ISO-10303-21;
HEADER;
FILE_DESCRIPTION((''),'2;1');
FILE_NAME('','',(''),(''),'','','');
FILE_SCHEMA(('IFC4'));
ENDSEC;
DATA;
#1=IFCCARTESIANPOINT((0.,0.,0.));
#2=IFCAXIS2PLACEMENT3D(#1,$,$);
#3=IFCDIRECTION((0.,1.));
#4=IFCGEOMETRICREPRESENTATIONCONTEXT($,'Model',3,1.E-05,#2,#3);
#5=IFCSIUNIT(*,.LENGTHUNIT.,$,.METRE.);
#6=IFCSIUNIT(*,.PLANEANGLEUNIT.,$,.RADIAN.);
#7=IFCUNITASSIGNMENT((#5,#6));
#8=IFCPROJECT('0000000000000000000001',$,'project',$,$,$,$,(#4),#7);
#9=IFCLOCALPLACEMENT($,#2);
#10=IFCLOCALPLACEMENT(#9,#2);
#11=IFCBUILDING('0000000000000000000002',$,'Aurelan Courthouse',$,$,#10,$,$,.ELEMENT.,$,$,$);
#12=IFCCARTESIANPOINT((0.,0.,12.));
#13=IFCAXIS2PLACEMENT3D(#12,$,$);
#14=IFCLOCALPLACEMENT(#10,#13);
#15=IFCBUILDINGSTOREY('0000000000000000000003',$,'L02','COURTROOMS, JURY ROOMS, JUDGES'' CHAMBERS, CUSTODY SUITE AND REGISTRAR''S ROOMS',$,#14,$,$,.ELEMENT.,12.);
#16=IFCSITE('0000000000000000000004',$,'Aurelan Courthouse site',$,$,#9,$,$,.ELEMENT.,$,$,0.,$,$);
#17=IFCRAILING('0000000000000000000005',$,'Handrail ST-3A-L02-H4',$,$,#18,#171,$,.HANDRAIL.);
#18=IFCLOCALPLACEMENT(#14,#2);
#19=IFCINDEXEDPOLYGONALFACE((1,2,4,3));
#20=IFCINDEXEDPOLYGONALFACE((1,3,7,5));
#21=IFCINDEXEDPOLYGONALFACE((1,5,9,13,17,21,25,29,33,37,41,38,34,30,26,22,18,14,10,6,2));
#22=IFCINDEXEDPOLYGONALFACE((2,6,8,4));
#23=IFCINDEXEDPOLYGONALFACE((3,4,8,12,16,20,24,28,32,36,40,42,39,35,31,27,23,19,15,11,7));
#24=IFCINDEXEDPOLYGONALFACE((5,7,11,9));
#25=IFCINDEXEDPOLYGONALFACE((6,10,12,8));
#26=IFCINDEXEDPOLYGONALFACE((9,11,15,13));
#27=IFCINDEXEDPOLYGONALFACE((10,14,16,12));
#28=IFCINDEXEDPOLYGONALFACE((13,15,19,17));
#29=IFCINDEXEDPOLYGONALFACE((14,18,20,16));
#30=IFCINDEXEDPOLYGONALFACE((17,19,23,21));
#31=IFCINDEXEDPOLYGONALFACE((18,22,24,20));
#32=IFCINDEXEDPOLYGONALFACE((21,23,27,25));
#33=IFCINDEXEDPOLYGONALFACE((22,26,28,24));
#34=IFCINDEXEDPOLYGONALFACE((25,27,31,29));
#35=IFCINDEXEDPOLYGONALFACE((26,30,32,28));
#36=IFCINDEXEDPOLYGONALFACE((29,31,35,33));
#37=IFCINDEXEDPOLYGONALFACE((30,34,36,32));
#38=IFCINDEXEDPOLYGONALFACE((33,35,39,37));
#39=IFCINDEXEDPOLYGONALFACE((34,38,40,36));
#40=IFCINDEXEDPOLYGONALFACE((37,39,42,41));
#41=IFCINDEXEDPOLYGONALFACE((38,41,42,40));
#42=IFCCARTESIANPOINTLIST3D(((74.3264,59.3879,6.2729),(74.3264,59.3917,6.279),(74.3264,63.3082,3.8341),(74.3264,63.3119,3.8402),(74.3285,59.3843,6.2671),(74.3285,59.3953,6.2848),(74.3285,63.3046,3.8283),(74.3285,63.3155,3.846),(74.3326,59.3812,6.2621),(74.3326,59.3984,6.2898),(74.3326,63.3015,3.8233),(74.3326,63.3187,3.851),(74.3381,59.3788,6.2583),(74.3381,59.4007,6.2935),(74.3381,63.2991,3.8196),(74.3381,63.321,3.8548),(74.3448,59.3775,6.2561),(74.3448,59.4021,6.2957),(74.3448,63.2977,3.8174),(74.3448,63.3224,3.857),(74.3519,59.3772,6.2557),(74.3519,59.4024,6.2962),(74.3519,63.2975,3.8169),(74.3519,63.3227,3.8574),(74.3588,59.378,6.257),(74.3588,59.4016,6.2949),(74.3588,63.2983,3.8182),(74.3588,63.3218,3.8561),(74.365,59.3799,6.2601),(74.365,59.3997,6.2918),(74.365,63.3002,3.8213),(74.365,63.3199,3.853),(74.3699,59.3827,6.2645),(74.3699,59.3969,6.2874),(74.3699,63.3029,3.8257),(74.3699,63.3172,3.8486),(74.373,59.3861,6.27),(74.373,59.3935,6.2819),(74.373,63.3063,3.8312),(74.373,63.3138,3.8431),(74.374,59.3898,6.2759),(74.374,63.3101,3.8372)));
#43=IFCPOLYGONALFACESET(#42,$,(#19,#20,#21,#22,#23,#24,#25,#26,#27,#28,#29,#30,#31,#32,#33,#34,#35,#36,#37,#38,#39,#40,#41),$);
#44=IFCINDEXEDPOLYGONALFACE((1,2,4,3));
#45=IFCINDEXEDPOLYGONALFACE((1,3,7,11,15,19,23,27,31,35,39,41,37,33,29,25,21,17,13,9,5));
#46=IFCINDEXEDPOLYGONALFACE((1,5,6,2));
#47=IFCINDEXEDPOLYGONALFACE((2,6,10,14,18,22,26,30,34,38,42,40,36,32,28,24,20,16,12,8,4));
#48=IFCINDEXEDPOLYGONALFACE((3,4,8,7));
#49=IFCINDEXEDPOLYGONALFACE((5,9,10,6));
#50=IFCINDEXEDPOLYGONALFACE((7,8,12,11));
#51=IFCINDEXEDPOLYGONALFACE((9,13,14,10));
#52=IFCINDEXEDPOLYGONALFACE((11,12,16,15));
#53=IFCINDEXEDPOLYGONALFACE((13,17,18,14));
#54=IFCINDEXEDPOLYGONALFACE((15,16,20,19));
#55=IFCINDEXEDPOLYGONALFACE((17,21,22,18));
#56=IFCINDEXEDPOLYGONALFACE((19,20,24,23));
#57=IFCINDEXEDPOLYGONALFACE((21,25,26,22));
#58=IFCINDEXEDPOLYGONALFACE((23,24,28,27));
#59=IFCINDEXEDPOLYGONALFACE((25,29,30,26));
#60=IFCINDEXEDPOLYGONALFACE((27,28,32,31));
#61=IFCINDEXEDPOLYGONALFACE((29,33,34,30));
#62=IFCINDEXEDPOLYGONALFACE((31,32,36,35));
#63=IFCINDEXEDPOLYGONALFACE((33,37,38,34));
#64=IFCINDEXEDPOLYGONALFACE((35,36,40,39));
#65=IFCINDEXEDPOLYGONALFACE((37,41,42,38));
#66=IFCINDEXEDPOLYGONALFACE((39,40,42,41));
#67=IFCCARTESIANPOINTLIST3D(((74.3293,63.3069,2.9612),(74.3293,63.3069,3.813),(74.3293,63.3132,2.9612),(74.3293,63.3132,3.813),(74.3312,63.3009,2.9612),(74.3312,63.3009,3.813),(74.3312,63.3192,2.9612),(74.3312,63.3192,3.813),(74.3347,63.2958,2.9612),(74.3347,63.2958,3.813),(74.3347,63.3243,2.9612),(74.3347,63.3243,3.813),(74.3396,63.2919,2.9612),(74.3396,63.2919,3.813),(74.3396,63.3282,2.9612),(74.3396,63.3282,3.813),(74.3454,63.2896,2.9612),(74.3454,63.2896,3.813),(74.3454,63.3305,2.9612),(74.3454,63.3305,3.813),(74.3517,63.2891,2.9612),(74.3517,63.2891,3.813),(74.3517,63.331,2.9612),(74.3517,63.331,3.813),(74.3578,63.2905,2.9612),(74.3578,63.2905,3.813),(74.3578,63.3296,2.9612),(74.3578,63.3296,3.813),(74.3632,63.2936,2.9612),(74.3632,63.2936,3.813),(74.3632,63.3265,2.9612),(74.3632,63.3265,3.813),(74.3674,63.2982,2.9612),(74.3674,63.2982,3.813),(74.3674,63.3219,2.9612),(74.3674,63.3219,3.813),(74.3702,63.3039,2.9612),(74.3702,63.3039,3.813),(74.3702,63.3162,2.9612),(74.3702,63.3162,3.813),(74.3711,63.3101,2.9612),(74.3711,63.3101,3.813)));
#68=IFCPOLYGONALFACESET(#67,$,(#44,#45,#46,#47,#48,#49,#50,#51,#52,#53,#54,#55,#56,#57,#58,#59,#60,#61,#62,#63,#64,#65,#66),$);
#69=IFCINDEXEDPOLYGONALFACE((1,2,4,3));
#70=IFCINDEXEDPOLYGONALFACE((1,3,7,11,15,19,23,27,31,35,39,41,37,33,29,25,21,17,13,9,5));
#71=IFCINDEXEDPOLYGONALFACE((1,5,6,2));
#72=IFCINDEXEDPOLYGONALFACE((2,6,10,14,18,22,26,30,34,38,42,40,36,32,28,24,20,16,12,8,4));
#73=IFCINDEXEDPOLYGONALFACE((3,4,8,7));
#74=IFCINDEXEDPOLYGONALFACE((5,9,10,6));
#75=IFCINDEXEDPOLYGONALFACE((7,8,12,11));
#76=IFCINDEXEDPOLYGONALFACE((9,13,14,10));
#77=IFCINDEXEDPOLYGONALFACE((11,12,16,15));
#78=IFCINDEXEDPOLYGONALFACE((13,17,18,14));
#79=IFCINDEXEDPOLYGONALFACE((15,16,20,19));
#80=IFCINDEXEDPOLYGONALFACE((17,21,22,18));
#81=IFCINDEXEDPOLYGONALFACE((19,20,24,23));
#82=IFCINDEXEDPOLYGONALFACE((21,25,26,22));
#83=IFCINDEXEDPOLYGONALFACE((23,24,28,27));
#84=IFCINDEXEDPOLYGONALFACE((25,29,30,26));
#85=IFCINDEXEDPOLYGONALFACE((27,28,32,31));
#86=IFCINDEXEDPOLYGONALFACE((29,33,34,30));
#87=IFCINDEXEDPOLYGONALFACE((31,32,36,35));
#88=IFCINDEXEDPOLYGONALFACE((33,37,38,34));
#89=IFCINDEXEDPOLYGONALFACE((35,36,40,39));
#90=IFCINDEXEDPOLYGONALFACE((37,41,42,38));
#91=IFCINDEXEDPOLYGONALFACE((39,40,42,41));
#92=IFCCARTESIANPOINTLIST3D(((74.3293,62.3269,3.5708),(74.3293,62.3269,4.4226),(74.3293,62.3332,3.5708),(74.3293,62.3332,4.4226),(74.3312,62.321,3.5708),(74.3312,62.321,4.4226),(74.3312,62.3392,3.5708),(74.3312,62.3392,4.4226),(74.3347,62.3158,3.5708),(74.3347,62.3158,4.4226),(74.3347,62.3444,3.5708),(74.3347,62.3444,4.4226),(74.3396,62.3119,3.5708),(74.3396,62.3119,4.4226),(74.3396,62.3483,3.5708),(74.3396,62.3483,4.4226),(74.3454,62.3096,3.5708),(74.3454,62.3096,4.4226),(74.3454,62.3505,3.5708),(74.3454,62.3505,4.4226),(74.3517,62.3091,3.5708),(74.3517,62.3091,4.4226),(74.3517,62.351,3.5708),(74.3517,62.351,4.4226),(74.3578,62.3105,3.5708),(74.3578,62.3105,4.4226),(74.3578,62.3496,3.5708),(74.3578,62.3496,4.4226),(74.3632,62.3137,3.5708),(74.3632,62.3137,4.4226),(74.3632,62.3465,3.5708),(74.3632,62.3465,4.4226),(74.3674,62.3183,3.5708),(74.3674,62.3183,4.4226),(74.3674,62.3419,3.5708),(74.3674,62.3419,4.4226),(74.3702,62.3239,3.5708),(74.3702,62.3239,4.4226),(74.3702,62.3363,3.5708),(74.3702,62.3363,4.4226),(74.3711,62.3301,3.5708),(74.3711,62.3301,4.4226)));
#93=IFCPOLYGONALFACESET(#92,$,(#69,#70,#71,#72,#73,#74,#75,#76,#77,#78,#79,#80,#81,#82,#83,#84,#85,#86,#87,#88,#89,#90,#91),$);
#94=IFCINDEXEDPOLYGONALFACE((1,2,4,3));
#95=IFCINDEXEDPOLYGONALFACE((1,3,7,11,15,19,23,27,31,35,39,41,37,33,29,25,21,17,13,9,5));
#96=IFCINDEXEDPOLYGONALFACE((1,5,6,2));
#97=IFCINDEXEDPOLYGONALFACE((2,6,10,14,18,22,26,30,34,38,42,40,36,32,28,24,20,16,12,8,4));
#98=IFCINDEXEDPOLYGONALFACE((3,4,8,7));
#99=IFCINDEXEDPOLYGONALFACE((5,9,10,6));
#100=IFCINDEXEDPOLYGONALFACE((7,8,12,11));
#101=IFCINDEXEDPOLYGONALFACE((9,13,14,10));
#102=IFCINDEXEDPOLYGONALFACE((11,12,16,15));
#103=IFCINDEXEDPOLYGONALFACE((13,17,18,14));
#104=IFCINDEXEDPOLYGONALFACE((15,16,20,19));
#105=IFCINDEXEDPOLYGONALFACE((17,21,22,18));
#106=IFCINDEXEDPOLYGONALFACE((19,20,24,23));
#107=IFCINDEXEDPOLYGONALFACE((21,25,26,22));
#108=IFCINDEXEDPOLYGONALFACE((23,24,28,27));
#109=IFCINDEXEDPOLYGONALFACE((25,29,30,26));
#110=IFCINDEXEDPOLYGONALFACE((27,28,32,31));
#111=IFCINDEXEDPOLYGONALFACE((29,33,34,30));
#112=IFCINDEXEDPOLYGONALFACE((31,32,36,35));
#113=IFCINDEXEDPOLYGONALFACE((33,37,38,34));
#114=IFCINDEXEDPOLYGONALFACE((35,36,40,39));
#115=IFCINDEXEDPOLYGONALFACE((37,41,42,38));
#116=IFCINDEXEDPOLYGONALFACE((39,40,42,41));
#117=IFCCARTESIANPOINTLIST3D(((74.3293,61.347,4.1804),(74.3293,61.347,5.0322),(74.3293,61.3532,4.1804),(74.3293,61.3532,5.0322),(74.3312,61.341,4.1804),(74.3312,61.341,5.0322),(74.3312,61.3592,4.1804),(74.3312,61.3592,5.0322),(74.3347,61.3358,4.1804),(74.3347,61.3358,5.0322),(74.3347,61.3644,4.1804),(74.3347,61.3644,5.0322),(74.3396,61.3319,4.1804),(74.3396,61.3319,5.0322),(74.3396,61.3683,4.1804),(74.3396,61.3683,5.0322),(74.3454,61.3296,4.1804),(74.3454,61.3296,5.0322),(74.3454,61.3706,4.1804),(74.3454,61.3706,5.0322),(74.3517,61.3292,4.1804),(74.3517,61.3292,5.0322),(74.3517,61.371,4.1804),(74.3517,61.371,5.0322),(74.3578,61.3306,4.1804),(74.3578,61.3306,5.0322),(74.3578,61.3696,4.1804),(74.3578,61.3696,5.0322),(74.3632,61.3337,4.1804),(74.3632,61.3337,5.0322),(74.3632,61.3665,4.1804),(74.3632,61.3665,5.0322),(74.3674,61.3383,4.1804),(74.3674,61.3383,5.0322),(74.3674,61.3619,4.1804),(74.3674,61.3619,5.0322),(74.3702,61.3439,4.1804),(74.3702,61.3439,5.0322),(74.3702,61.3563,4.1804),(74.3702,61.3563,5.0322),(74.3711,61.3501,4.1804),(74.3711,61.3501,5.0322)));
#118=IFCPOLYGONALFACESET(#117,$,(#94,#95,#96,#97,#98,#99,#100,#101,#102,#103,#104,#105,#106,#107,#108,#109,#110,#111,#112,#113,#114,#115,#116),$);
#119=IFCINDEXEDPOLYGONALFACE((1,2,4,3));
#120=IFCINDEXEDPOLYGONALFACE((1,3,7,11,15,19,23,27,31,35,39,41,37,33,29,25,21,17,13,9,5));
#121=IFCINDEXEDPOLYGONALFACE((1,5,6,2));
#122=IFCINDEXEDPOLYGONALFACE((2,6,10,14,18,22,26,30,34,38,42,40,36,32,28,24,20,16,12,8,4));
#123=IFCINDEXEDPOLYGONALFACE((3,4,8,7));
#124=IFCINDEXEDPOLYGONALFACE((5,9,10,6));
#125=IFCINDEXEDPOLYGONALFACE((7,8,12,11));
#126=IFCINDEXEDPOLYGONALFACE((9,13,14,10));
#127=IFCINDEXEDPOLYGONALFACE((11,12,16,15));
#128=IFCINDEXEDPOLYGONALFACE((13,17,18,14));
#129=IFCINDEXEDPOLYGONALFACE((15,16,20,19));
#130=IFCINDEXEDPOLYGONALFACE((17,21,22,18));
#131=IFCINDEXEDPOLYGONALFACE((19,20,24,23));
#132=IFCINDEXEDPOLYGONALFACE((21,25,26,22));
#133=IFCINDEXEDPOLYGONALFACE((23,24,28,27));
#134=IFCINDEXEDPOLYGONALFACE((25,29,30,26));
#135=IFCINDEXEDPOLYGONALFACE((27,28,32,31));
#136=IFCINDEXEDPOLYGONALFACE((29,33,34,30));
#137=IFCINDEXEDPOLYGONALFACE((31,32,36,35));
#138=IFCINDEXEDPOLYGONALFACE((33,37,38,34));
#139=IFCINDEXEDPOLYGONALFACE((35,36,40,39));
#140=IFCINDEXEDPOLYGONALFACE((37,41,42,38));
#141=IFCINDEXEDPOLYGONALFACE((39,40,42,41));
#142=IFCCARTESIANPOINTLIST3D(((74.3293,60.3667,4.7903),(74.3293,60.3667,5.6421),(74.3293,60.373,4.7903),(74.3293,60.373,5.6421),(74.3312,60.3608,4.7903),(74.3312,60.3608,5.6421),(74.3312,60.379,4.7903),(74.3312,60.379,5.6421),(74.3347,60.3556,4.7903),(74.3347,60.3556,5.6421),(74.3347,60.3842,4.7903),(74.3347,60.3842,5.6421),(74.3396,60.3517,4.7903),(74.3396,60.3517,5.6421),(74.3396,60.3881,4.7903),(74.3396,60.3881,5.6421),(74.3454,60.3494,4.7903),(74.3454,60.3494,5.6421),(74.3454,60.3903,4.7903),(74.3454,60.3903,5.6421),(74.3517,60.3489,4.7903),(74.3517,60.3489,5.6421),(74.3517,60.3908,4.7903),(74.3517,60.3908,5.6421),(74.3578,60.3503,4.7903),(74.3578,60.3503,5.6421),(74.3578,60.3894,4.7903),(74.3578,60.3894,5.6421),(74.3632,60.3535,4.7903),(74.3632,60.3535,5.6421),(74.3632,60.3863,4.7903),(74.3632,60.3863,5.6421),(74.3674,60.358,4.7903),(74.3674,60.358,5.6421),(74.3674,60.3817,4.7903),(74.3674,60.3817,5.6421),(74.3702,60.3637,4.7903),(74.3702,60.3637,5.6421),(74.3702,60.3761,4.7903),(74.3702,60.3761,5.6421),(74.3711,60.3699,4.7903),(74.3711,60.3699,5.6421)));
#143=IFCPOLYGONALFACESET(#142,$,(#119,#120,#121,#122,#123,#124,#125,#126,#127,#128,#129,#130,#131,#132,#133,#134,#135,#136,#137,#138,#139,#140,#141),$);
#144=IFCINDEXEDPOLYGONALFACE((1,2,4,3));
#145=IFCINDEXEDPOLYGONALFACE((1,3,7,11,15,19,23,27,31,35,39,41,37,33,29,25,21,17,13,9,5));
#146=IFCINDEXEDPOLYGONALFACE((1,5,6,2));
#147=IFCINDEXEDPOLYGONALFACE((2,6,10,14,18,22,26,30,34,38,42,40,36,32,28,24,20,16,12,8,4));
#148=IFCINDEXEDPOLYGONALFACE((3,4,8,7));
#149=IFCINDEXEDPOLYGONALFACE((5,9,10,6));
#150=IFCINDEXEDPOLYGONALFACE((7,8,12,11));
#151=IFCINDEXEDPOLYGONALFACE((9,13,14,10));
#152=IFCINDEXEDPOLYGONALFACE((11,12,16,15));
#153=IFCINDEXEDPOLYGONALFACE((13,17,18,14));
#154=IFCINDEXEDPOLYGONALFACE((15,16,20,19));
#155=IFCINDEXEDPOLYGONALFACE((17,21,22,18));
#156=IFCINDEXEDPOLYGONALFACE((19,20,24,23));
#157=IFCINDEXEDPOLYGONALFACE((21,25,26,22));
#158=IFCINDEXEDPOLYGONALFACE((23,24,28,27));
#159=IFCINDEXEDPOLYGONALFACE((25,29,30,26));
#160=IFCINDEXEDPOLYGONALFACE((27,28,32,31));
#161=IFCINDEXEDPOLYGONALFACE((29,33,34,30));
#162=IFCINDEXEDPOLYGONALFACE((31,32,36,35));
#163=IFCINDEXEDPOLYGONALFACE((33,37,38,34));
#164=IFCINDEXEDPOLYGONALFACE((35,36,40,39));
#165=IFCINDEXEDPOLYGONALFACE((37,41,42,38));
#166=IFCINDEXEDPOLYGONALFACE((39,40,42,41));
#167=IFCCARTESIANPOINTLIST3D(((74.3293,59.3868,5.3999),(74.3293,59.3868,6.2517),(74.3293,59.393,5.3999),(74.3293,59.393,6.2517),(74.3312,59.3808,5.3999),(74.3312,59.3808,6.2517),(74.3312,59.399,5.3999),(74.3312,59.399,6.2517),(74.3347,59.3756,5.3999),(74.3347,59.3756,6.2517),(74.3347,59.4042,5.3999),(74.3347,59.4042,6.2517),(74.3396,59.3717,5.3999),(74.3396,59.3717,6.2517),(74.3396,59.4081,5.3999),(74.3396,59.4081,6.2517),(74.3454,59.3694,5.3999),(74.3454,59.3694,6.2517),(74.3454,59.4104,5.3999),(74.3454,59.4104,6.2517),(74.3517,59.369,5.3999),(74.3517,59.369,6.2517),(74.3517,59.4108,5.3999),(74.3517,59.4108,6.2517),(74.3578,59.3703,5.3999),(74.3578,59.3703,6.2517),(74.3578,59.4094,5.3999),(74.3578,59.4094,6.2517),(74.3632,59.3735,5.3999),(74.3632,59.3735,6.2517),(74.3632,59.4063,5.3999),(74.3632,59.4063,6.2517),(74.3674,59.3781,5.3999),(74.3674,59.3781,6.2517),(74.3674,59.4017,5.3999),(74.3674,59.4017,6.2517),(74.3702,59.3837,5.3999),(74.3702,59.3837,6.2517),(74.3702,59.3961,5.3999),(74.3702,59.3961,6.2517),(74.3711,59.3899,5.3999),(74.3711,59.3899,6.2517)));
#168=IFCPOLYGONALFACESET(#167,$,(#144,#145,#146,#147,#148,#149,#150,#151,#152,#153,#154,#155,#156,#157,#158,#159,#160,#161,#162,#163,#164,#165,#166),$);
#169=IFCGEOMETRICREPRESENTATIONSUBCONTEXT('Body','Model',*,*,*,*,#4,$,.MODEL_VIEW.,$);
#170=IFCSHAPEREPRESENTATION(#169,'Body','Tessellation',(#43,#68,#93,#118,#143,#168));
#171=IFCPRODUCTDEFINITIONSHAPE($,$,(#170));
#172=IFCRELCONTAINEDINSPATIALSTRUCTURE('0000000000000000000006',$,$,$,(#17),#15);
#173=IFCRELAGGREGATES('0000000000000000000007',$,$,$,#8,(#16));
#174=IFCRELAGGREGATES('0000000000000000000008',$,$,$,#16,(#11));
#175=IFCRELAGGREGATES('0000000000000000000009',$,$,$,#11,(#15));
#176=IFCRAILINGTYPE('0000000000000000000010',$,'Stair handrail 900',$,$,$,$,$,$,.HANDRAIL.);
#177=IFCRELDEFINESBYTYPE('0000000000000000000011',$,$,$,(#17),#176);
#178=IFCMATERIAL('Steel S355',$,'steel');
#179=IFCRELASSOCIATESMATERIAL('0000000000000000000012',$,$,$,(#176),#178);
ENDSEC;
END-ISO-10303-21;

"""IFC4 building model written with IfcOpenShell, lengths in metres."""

from ifc_helpers import new_model, si_unit, direction, frame, origin, origin_2d, place, context, subcontext, project, spatial, circle, extrude, material, type_object, element, save


model = new_model("IFC4")

# Units and contexts
model_context = context("Model", 3, precision=1e-05, world=origin(), true_north=direction((0.0, 1.0)))
body_context = subcontext(model_context, "Body", "Model", "MODEL_VIEW")
ifc_project = project(units=[si_unit("LENGTHUNIT", "METRE"), si_unit("PLANEANGLEUNIT", "RADIAN")], contexts=[model_context])

# Site, building, storey
site_placement = place(None, origin())
site = spatial("IfcSite", under=ifc_project, at=site_placement, Name="Aurelan Courthouse site", CompositionType="ELEMENT", RefElevation=0.0)
building_placement = place(site_placement, origin())
building = spatial("IfcBuilding", under=site, at=building_placement, Name="Aurelan Courthouse", CompositionType="ELEMENT")
storey_placement = place(building_placement, frame((0.0, 0.0, 12.0)))
storey = spatial("IfcBuildingStorey", under=building, at=storey_placement, Name="L02", Description="COURTROOMS, JURY ROOMS, JUDGES' CHAMBERS, CUSTODY SUITE AND REGISTRAR'S ROOMS", CompositionType="ELEMENT", Elevation=12.0)

# Railing
ifc_material_1 = material(Name="Steel S355", Category="steel")
railing_type_1 = type_object("IfcRailingType", Name="Stair handrail 900", PredefinedType="HANDRAIL", material=ifc_material_1)
for number, where, name in (
    (1, (74.3501, 63.3101, 2.9612), "Handrail ST-3A-L02-H4"),
):
    element("IfcRailing", number, at=place(storey_placement, frame(where)), inside=storey, type_object=railing_type_1, Name=name, PredefinedType="HANDRAIL", context=body_context, shape_type="SweptSolid", body=[
        extrude(circle(Radius=0.0239, at=origin_2d()), frame((0.0, 0.0, 0.876), z_axis=(0.0, -0.849105, 0.528225), x_axis=(1.0, 0.0, 0.0)), (0.0, 0.0, 1.0), 4.6169),
        extrude(circle(Radius=0.021, at=origin_2d()), origin(), (0.0, 0.0, 1.0), 0.8518),
        extrude(circle(Radius=0.021, at=origin_2d()), frame((0.0, -0.98, 0.6096)), (0.0, 0.0, 1.0), 0.8518),
        extrude(circle(Radius=0.021, at=origin_2d()), frame((0.0, -1.96, 1.2192)), (0.0, 0.0, 1.0), 0.8518),
        extrude(circle(Radius=0.021, at=origin_2d()), frame((0.0, -2.9402, 1.8291)), (0.0, 0.0, 1.0), 0.8518),
        extrude(circle(Radius=0.021, at=origin_2d()), frame((0.0, -3.9202, 2.4387)), (0.0, 0.0, 1.0), 0.8518),
    ])

save(model, "model.ifc")
